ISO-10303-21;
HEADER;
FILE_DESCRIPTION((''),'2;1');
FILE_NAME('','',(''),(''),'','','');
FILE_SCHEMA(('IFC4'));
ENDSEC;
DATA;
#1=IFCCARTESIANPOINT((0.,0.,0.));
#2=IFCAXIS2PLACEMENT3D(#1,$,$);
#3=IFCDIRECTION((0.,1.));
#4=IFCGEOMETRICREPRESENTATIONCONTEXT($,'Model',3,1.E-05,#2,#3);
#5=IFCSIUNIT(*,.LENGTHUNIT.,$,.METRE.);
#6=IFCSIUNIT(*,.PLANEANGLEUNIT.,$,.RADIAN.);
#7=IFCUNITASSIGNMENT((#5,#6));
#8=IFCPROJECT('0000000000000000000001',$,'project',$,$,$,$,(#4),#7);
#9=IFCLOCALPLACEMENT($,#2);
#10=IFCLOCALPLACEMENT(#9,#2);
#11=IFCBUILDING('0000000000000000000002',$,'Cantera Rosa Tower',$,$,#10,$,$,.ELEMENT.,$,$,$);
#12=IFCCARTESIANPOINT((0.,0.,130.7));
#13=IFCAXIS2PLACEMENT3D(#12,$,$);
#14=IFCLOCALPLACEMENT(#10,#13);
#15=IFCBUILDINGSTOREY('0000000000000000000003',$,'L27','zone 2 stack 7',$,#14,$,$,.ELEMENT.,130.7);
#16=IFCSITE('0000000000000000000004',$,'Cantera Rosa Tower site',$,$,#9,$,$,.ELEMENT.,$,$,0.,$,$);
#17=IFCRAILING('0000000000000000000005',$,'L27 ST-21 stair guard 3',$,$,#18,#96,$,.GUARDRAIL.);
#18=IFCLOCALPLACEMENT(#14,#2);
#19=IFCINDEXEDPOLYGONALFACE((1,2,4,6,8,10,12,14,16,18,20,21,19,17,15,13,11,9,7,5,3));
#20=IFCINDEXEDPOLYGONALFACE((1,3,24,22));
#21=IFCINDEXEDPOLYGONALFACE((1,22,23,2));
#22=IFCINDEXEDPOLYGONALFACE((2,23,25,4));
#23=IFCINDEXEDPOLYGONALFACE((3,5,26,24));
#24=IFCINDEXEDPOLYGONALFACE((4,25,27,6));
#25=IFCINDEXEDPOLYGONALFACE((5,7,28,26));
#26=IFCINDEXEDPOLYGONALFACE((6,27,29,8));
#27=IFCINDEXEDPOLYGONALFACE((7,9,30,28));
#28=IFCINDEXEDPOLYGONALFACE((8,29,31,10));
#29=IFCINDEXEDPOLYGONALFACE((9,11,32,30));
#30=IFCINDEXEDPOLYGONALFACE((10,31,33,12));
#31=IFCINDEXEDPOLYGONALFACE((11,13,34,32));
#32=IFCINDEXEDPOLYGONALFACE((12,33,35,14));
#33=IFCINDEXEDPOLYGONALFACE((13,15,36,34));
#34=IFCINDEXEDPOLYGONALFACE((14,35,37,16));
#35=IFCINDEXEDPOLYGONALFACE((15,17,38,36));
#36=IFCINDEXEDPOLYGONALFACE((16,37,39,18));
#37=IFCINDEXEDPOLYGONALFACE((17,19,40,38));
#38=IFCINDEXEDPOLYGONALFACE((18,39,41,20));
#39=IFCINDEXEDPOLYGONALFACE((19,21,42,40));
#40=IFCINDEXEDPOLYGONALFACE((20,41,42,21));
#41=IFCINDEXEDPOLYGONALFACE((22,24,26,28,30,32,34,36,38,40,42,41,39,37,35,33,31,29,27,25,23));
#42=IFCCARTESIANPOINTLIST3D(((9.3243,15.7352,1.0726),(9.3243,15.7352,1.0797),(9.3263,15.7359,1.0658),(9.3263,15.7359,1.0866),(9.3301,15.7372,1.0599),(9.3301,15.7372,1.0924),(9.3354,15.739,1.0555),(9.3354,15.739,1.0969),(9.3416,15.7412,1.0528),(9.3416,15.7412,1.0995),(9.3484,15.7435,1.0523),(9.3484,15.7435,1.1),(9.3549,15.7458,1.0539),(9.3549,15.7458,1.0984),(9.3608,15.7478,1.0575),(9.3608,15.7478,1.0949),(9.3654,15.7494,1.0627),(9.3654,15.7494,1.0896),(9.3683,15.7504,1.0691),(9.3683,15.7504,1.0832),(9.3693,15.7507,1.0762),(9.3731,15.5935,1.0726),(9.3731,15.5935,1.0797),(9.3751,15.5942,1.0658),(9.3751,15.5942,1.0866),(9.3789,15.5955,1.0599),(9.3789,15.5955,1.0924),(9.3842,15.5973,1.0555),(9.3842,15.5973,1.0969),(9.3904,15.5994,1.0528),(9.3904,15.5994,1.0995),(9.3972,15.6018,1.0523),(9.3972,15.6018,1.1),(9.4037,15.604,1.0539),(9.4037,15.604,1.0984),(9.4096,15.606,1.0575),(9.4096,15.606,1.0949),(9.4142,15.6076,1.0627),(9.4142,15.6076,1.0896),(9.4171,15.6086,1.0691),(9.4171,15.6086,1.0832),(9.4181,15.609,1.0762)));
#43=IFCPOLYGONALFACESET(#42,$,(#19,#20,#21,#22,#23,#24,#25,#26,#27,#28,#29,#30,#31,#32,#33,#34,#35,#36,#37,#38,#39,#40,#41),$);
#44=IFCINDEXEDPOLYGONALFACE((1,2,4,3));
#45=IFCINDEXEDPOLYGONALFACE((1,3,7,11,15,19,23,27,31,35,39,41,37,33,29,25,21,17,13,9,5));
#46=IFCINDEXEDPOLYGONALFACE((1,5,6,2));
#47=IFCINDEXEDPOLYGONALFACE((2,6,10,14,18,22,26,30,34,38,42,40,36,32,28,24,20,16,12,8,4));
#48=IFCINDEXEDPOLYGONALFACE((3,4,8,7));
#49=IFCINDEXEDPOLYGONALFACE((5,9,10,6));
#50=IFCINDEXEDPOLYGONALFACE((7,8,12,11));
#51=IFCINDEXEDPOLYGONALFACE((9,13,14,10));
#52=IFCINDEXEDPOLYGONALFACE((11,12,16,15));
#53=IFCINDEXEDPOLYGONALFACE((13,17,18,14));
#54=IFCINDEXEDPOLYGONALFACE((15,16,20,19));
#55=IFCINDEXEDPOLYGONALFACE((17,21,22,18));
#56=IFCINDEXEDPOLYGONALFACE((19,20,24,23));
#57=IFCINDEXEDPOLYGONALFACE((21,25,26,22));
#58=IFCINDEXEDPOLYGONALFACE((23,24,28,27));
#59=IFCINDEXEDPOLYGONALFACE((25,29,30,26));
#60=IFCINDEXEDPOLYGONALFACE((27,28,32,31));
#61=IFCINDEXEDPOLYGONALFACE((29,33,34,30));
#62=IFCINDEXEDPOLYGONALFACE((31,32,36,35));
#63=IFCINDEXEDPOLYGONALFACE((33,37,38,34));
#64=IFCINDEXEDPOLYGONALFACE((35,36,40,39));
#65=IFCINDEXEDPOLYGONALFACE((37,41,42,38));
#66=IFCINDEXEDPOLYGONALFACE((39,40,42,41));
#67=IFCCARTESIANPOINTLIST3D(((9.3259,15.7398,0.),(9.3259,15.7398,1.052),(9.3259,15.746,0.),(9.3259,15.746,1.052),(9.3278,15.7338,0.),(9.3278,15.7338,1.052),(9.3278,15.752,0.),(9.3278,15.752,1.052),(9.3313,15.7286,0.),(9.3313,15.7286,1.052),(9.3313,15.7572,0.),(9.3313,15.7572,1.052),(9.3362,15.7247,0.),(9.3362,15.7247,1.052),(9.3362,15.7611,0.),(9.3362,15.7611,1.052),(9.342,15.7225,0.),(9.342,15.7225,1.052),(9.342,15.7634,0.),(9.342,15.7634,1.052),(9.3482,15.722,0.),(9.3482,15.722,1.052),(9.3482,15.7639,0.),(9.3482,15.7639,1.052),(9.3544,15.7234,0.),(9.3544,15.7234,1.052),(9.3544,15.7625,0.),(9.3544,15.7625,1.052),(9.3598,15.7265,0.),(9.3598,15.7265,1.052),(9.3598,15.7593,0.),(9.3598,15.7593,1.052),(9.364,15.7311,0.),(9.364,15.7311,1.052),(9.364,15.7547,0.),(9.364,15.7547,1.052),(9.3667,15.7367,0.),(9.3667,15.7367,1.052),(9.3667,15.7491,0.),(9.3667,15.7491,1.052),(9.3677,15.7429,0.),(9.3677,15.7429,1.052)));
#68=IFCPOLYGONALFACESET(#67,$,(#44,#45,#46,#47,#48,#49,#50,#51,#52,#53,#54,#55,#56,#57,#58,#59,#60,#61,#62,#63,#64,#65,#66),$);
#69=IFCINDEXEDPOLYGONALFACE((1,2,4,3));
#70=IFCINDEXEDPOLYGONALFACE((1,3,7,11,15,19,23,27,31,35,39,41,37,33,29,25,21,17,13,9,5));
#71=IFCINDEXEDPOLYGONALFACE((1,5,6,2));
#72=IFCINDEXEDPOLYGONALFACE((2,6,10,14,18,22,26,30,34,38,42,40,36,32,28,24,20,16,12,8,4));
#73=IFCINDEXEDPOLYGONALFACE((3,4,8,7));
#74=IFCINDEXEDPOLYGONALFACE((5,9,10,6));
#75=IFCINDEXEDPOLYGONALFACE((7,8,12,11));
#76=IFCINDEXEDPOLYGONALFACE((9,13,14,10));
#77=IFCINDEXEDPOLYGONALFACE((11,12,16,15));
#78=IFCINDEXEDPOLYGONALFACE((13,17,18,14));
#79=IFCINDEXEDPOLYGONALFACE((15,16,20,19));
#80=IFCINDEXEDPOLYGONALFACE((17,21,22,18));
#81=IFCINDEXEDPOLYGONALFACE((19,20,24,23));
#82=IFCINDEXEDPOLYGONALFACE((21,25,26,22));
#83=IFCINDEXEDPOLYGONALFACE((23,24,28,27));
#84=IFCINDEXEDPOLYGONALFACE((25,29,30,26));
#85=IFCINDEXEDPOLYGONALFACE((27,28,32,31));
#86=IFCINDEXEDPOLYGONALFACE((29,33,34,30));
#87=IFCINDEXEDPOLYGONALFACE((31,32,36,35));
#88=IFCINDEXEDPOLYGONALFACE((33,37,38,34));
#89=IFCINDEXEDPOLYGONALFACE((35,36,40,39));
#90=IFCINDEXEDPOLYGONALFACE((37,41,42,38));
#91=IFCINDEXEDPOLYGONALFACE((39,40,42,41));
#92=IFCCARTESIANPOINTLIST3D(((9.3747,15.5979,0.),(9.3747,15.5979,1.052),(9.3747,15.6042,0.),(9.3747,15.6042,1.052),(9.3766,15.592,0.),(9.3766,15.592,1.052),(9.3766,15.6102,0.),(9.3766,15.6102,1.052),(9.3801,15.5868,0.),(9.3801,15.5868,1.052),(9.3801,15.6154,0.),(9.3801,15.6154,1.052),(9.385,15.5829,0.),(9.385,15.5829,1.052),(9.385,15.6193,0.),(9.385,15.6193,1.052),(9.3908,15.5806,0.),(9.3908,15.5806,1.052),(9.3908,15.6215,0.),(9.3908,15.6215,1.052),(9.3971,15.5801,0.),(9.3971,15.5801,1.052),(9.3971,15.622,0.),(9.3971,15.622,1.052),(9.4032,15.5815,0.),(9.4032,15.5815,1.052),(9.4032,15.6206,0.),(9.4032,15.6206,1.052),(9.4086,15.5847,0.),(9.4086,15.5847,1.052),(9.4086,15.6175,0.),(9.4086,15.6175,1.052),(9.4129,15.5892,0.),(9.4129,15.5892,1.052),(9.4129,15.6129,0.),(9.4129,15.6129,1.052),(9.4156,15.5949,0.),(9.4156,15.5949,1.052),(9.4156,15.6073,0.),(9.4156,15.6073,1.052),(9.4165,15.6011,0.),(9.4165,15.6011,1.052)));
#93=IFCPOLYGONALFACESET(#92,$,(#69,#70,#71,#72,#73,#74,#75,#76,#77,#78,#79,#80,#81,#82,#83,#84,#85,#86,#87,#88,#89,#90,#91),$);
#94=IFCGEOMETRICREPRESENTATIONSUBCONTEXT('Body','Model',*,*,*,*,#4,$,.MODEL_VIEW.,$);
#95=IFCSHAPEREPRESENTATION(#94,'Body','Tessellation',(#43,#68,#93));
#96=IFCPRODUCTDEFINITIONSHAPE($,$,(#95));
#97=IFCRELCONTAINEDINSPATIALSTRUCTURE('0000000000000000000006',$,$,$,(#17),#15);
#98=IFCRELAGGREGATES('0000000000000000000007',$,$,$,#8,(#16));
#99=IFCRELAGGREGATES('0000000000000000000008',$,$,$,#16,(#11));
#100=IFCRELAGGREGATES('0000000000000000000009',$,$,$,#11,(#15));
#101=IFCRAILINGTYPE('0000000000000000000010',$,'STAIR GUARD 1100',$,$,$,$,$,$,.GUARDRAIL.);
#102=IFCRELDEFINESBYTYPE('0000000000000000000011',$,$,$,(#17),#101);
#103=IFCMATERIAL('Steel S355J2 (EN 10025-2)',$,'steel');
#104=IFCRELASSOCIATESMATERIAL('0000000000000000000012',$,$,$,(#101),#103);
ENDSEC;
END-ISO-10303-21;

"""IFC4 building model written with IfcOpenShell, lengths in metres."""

from ifc_helpers import new_model, si_unit, direction, frame, origin, origin_2d, place, context, subcontext, project, spatial, circle, extrude, material, type_object, element, save


model = new_model("IFC4")

# Units and contexts
model_context = context("Model", 3, precision=1e-05, world=origin(), true_north=direction((0.0, 1.0)))
body_context = subcontext(model_context, "Body", "Model", "MODEL_VIEW")
ifc_project = project(units=[si_unit("LENGTHUNIT", "METRE"), si_unit("PLANEANGLEUNIT", "RADIAN")], contexts=[model_context])

# Site, building, storey
site_placement = place(None, origin())
site = spatial("IfcSite", under=ifc_project, at=site_placement, Name="Cantera Rosa Tower site", CompositionType="ELEMENT", RefElevation=0.0)
building_placement = place(site_placement, origin())
building = spatial("IfcBuilding", under=site, at=building_placement, Name="Cantera Rosa Tower", CompositionType="ELEMENT")
storey_placement = place(building_placement, frame((0.0, 0.0, 130.7)))
storey = spatial("IfcBuildingStorey", under=building, at=storey_placement, Name="L27", Description="zone 2 stack 7", CompositionType="ELEMENT", Elevation=130.7)

# Railing
ifc_material_1 = material(Name="Steel S355J2 (EN 10025-2)", Category="steel")
railing_type_1 = type_object("IfcRailingType", Name="STAIR GUARD 1100", PredefinedType="GUARDRAIL", material=ifc_material_1)
railing_1_placement = place(storey_placement, frame((9.3467, 15.7429, 0.0)))
element("IfcRailing", 1, at=railing_1_placement, inside=storey, type_object=railing_type_1, Name="L27 ST-21 stair guard 3", PredefinedType="GUARDRAIL", context=body_context, shape_type="SweptSolid", body=[
    extrude(circle(Radius=0.0239, at=origin_2d()), frame((0.0, 0.0, 1.0762), z_axis=(0.325489, -0.945546, 0.0), x_axis=(0.945546, 0.325489, 0.0)), (0.0, 0.0, 1.0), 0.1499),
    extrude(circle(Radius=0.021, at=origin_2d()), origin(), (0.0, 0.0, 1.0), 1.052),
    extrude(circle(Radius=0.021, at=origin_2d()), frame((0.0488, -0.1418, 0.0)), (0.0, 0.0, 1.0), 1.052),
])

save(model, "model.ifc")
